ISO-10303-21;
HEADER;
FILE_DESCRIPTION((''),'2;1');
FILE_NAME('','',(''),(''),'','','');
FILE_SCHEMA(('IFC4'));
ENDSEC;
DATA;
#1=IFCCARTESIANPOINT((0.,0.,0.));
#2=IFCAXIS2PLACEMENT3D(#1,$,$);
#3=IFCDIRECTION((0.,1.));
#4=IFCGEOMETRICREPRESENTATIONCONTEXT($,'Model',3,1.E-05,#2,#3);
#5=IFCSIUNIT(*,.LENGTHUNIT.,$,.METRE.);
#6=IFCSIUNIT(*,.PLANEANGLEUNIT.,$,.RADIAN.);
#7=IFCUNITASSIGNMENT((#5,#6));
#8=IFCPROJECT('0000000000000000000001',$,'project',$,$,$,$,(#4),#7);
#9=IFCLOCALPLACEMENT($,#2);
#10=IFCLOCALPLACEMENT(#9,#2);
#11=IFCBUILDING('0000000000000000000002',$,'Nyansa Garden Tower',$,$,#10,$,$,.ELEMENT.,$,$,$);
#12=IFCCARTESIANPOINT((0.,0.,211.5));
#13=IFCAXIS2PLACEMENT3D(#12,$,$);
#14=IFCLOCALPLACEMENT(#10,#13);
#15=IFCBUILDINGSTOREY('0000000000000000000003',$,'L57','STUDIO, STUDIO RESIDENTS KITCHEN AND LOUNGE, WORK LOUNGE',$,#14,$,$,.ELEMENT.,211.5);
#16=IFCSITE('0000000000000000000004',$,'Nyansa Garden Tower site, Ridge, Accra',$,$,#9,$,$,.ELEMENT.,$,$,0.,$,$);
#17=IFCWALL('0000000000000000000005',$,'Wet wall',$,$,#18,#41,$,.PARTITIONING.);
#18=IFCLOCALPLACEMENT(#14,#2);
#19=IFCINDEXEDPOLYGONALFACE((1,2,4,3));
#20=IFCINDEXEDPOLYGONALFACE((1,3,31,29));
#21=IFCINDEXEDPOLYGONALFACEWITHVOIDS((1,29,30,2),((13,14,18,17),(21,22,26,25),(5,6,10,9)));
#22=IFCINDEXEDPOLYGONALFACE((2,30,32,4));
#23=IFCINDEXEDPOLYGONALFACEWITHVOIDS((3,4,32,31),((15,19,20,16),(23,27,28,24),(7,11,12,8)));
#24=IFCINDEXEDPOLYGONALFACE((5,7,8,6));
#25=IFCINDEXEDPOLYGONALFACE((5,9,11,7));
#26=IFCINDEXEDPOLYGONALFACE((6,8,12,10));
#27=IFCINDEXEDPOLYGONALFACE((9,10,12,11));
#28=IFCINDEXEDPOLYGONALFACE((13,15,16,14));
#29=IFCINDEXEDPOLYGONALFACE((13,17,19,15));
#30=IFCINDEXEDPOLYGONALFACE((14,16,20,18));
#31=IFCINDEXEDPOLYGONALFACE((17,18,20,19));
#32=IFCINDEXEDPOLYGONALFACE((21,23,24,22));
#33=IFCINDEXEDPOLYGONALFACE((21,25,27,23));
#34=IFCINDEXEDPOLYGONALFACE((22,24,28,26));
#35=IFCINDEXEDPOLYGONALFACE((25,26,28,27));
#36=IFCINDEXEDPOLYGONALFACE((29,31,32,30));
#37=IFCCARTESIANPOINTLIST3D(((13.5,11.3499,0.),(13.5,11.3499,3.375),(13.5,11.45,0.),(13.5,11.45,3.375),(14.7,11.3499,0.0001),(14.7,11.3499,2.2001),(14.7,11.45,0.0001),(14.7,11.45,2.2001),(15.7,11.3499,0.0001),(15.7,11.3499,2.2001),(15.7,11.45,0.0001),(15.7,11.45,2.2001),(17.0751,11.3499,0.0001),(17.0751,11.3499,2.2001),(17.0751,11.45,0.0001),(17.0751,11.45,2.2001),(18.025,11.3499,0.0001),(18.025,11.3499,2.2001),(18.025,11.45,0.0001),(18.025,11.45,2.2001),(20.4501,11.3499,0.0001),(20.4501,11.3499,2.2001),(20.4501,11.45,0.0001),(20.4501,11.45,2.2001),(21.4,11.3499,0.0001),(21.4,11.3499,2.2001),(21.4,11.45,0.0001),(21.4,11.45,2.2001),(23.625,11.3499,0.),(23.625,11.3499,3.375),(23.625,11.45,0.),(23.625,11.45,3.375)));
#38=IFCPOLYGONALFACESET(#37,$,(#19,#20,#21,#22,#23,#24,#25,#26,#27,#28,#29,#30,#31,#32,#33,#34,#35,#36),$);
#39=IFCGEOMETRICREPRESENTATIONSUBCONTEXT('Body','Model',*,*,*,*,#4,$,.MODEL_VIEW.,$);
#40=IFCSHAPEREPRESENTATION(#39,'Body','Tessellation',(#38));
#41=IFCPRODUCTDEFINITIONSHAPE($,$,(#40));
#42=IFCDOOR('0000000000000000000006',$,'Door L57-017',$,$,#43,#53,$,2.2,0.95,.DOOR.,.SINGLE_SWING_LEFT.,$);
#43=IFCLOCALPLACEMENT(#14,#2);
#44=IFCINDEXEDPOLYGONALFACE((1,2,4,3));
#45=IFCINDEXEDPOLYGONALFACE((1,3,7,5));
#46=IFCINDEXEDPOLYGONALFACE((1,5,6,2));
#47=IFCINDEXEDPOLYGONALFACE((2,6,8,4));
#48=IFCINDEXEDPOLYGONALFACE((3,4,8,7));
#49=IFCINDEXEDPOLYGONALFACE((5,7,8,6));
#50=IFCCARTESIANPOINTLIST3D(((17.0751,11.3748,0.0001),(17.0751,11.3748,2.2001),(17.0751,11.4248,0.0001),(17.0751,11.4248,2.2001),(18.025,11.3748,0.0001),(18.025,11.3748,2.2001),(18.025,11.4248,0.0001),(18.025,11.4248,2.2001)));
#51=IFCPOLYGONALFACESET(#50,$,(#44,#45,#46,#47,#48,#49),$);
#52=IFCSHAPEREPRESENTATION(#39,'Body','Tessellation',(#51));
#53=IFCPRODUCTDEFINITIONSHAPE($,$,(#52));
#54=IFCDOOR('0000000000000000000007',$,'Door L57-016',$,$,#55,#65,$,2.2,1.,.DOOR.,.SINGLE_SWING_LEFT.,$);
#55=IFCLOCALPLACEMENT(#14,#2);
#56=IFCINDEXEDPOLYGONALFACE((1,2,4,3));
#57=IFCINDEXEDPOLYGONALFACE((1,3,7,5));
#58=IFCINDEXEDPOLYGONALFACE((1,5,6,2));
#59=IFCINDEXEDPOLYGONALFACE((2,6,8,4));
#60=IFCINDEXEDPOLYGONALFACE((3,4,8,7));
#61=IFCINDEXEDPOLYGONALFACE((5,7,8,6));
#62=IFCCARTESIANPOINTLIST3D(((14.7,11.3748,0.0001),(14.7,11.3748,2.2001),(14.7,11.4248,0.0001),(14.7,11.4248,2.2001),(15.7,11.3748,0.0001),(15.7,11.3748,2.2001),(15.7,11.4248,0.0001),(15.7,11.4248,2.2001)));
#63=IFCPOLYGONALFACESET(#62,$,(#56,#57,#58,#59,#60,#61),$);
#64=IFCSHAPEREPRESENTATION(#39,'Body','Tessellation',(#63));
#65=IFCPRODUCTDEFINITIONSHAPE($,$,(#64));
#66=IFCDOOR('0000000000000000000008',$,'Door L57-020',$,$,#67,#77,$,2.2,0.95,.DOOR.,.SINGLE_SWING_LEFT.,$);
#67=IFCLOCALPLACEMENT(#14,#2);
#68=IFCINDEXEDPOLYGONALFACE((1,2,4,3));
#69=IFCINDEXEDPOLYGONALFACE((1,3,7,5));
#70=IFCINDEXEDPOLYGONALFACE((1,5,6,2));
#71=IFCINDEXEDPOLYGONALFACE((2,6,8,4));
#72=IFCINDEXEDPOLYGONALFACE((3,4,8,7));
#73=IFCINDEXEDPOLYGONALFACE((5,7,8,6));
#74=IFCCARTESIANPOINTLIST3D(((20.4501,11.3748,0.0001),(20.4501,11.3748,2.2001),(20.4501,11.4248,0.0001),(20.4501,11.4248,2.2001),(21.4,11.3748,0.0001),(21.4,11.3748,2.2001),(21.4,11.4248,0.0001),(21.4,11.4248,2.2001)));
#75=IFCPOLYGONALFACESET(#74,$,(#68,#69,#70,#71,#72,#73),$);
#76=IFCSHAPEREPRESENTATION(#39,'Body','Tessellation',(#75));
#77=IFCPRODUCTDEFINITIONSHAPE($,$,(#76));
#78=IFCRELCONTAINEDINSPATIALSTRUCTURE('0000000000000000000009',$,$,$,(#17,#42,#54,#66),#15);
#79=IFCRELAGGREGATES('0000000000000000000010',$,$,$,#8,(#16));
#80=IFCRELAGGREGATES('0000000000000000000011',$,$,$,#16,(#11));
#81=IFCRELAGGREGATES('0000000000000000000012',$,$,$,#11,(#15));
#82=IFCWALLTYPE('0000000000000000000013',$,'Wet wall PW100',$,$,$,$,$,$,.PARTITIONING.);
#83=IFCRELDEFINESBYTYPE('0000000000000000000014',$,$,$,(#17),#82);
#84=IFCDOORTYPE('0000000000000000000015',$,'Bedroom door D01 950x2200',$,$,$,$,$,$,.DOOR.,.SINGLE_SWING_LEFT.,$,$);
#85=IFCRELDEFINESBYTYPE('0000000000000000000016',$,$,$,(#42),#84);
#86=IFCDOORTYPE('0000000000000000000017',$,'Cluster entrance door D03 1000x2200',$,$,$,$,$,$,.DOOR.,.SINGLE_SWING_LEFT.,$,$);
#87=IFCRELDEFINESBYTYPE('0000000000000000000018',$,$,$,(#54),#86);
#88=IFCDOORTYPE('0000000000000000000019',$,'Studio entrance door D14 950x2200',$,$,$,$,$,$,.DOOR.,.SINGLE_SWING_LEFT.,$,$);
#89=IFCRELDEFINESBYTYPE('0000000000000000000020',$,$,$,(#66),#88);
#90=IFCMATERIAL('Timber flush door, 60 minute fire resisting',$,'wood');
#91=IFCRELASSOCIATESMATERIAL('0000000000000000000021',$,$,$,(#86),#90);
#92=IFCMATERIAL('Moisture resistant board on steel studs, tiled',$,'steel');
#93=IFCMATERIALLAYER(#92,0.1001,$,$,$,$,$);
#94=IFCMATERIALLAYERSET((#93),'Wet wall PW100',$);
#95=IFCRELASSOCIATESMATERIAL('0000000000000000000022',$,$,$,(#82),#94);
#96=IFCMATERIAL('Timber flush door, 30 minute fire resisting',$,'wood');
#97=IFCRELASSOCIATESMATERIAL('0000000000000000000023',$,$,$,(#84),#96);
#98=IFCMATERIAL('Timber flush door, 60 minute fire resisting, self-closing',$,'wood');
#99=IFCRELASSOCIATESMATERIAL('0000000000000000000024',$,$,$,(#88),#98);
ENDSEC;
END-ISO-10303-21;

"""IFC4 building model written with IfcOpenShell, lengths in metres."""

from ifc_helpers import new_model, si_unit, direction, frame, frame_2d, origin, place, context, subcontext, project, spatial, rectangle, extrude, material, layer, layer_set, type_object, element, fill, save


model = new_model("IFC4")

# Units and contexts
model_context = context("Model", 3, precision=1e-05, world=origin(), true_north=direction((0.0, 1.0)))
body_context = subcontext(model_context, "Body", "Model", "MODEL_VIEW")
ifc_project = project(units=[si_unit("LENGTHUNIT", "METRE"), si_unit("PLANEANGLEUNIT", "RADIAN")], contexts=[model_context])

# Site, building, storey
site_placement = place(None, origin())
site = spatial("IfcSite", under=ifc_project, at=site_placement, Name="Nyansa Garden Tower site, Ridge, Accra", CompositionType="ELEMENT", RefElevation=0.0)
building_placement = place(site_placement, origin())
building = spatial("IfcBuilding", under=site, at=building_placement, Name="Nyansa Garden Tower", CompositionType="ELEMENT")
storey_placement = place(building_placement, frame((0.0, 0.0, 211.5)))
storey = spatial("IfcBuildingStorey", under=building, at=storey_placement, Name="L57", Description="STUDIO, STUDIO RESIDENTS KITCHEN AND LOUNGE, WORK LOUNGE", CompositionType="ELEMENT", Elevation=211.5)

# Shared definitions
ifc_material_1 = material(Name="Timber flush door, 60 minute fire resisting", Category="wood")
door_type_1 = type_object("IfcDoorType", Name="Cluster entrance door D03 1000x2200", OperationType="SINGLE_SWING_LEFT", PredefinedType="DOOR", material=ifc_material_1)

# Wall, openings, doors
ifc_material_2 = material(Name="Moisture resistant board on steel studs, tiled", Category="steel")
ifc_layer_1 = layer(ifc_material_2, 0.1001)
ifc_layer_set_1 = layer_set([ifc_layer_1], Name="Wet wall PW100")
wall_type_1 = type_object("IfcWallType", Name="Wet wall PW100", PredefinedType="PARTITIONING", material=ifc_layer_set_1)
wall_1_placement = place(storey_placement, frame((13.5, 11.3999, 0.0), z_axis=(0.0, 0.0, 1.0), x_axis=(1.0, 0.0, 0.0)))
wall_1 = element("IfcWall", 1, at=wall_1_placement, inside=storey, type_object=wall_type_1, Name="Wet wall", PredefinedType="PARTITIONING", context=body_context, shape_type="SweptSolid", body=[
    extrude(rectangle(XDim=10.125, YDim=0.1001, at=frame_2d((5.0625, 0.0))), origin(), (0.0, 0.0, 1.0), 3.375),
])
opening_1_placement = place(wall_1_placement, frame((1.2, 0.0, 0.0)))
opening_1 = element("IfcOpeningElement", 2, at=opening_1_placement, cuts=wall_1, PredefinedType="OPENING", context=body_context, shape_type="SweptSolid", body=[
    extrude(rectangle(XDim=1.0, YDim=2.2, at=frame_2d((0.5, 1.1001))), frame((0.0, 0.0601, 0.0), z_axis=(0.0, -1.0, 0.0), x_axis=(1.0, 0.0, 0.0)), (0.0, 0.0, 1.0), 0.1201),
])
opening_2_placement = place(wall_1_placement, frame((3.575, 0.0, 0.0)))
opening_2 = element("IfcOpeningElement", 3, at=opening_2_placement, cuts=wall_1, PredefinedType="OPENING", context=body_context, shape_type="SweptSolid", body=[
    extrude(rectangle(XDim=0.95, YDim=2.2, at=frame_2d((0.4751, 1.1001))), frame((0.0, 0.0601, 0.0), z_axis=(0.0, -1.0, 0.0), x_axis=(1.0, 0.0, 0.0)), (0.0, 0.0, 1.0), 0.1201),
])
opening_3_placement = place(wall_1_placement, frame((6.95, 0.0, 0.0)))
opening_3 = element("IfcOpeningElement", 4, at=opening_3_placement, cuts=wall_1, PredefinedType="OPENING", context=body_context, shape_type="SweptSolid", body=[
    extrude(rectangle(XDim=0.95, YDim=2.2, at=frame_2d((0.4751, 1.1001))), frame((0.0, 0.0601, 0.0), z_axis=(0.0, -1.0, 0.0), x_axis=(1.0, 0.0, 0.0)), (0.0, 0.0, 1.0), 0.1201),
])
ifc_material_3 = material(Name="Timber flush door, 30 minute fire resisting", Category="wood")
door_type_2 = type_object("IfcDoorType", Name="Bedroom door D01 950x2200", OperationType="SINGLE_SWING_LEFT", PredefinedType="DOOR", material=ifc_material_3)
door_1_placement = place(opening_2_placement, origin())
door_1 = element("IfcDoor", 5, at=door_1_placement, inside=storey, type_object=door_type_2, Name="Door L57-017", OperationType="SINGLE_SWING_LEFT", OverallHeight=2.2, OverallWidth=0.95, PredefinedType="DOOR", context=body_context, shape_type="SweptSolid", body=[
    extrude(rectangle(XDim=0.95, YDim=2.2, at=frame_2d((0.4751, 1.1001))), frame((0.0, 0.0249, 0.0), z_axis=(0.0, -1.0, 0.0), x_axis=(1.0, 0.0, 0.0)), (0.0, 0.0, 1.0), 0.05),
])
fill(opening_2, door_1)
door_2_placement = place(opening_1_placement, origin())
door_2 = element("IfcDoor", 6, at=door_2_placement, inside=storey, type_object=door_type_1, Name="Door L57-016", OperationType="SINGLE_SWING_LEFT", OverallHeight=2.2, OverallWidth=1.0, PredefinedType="DOOR", context=body_context, shape_type="SweptSolid", body=[
    extrude(rectangle(XDim=1.0, YDim=2.2, at=frame_2d((0.5, 1.1001))), frame((0.0, 0.0249, 0.0), z_axis=(0.0, -1.0, 0.0), x_axis=(1.0, 0.0, 0.0)), (0.0, 0.0, 1.0), 0.05),
])
fill(opening_1, door_2)
ifc_material_4 = material(Name="Timber flush door, 60 minute fire resisting, self-closing", Category="wood")
door_type_3 = type_object("IfcDoorType", Name="Studio entrance door D14 950x2200", OperationType="SINGLE_SWING_LEFT", PredefinedType="DOOR", material=ifc_material_4)
door_3_placement = place(opening_3_placement, origin())
door_3 = element("IfcDoor", 7, at=door_3_placement, inside=storey, type_object=door_type_3, Name="Door L57-020", OperationType="SINGLE_SWING_LEFT", OverallHeight=2.2, OverallWidth=0.95, PredefinedType="DOOR", context=body_context, shape_type="SweptSolid", body=[
    extrude(rectangle(XDim=0.95, YDim=2.2, at=frame_2d((0.4751, 1.1001))), frame((0.0, 0.0249, 0.0), z_axis=(0.0, -1.0, 0.0), x_axis=(1.0, 0.0, 0.0)), (0.0, 0.0, 1.0), 0.05),
])
fill(opening_3, door_3)

save(model, "model.ifc")
